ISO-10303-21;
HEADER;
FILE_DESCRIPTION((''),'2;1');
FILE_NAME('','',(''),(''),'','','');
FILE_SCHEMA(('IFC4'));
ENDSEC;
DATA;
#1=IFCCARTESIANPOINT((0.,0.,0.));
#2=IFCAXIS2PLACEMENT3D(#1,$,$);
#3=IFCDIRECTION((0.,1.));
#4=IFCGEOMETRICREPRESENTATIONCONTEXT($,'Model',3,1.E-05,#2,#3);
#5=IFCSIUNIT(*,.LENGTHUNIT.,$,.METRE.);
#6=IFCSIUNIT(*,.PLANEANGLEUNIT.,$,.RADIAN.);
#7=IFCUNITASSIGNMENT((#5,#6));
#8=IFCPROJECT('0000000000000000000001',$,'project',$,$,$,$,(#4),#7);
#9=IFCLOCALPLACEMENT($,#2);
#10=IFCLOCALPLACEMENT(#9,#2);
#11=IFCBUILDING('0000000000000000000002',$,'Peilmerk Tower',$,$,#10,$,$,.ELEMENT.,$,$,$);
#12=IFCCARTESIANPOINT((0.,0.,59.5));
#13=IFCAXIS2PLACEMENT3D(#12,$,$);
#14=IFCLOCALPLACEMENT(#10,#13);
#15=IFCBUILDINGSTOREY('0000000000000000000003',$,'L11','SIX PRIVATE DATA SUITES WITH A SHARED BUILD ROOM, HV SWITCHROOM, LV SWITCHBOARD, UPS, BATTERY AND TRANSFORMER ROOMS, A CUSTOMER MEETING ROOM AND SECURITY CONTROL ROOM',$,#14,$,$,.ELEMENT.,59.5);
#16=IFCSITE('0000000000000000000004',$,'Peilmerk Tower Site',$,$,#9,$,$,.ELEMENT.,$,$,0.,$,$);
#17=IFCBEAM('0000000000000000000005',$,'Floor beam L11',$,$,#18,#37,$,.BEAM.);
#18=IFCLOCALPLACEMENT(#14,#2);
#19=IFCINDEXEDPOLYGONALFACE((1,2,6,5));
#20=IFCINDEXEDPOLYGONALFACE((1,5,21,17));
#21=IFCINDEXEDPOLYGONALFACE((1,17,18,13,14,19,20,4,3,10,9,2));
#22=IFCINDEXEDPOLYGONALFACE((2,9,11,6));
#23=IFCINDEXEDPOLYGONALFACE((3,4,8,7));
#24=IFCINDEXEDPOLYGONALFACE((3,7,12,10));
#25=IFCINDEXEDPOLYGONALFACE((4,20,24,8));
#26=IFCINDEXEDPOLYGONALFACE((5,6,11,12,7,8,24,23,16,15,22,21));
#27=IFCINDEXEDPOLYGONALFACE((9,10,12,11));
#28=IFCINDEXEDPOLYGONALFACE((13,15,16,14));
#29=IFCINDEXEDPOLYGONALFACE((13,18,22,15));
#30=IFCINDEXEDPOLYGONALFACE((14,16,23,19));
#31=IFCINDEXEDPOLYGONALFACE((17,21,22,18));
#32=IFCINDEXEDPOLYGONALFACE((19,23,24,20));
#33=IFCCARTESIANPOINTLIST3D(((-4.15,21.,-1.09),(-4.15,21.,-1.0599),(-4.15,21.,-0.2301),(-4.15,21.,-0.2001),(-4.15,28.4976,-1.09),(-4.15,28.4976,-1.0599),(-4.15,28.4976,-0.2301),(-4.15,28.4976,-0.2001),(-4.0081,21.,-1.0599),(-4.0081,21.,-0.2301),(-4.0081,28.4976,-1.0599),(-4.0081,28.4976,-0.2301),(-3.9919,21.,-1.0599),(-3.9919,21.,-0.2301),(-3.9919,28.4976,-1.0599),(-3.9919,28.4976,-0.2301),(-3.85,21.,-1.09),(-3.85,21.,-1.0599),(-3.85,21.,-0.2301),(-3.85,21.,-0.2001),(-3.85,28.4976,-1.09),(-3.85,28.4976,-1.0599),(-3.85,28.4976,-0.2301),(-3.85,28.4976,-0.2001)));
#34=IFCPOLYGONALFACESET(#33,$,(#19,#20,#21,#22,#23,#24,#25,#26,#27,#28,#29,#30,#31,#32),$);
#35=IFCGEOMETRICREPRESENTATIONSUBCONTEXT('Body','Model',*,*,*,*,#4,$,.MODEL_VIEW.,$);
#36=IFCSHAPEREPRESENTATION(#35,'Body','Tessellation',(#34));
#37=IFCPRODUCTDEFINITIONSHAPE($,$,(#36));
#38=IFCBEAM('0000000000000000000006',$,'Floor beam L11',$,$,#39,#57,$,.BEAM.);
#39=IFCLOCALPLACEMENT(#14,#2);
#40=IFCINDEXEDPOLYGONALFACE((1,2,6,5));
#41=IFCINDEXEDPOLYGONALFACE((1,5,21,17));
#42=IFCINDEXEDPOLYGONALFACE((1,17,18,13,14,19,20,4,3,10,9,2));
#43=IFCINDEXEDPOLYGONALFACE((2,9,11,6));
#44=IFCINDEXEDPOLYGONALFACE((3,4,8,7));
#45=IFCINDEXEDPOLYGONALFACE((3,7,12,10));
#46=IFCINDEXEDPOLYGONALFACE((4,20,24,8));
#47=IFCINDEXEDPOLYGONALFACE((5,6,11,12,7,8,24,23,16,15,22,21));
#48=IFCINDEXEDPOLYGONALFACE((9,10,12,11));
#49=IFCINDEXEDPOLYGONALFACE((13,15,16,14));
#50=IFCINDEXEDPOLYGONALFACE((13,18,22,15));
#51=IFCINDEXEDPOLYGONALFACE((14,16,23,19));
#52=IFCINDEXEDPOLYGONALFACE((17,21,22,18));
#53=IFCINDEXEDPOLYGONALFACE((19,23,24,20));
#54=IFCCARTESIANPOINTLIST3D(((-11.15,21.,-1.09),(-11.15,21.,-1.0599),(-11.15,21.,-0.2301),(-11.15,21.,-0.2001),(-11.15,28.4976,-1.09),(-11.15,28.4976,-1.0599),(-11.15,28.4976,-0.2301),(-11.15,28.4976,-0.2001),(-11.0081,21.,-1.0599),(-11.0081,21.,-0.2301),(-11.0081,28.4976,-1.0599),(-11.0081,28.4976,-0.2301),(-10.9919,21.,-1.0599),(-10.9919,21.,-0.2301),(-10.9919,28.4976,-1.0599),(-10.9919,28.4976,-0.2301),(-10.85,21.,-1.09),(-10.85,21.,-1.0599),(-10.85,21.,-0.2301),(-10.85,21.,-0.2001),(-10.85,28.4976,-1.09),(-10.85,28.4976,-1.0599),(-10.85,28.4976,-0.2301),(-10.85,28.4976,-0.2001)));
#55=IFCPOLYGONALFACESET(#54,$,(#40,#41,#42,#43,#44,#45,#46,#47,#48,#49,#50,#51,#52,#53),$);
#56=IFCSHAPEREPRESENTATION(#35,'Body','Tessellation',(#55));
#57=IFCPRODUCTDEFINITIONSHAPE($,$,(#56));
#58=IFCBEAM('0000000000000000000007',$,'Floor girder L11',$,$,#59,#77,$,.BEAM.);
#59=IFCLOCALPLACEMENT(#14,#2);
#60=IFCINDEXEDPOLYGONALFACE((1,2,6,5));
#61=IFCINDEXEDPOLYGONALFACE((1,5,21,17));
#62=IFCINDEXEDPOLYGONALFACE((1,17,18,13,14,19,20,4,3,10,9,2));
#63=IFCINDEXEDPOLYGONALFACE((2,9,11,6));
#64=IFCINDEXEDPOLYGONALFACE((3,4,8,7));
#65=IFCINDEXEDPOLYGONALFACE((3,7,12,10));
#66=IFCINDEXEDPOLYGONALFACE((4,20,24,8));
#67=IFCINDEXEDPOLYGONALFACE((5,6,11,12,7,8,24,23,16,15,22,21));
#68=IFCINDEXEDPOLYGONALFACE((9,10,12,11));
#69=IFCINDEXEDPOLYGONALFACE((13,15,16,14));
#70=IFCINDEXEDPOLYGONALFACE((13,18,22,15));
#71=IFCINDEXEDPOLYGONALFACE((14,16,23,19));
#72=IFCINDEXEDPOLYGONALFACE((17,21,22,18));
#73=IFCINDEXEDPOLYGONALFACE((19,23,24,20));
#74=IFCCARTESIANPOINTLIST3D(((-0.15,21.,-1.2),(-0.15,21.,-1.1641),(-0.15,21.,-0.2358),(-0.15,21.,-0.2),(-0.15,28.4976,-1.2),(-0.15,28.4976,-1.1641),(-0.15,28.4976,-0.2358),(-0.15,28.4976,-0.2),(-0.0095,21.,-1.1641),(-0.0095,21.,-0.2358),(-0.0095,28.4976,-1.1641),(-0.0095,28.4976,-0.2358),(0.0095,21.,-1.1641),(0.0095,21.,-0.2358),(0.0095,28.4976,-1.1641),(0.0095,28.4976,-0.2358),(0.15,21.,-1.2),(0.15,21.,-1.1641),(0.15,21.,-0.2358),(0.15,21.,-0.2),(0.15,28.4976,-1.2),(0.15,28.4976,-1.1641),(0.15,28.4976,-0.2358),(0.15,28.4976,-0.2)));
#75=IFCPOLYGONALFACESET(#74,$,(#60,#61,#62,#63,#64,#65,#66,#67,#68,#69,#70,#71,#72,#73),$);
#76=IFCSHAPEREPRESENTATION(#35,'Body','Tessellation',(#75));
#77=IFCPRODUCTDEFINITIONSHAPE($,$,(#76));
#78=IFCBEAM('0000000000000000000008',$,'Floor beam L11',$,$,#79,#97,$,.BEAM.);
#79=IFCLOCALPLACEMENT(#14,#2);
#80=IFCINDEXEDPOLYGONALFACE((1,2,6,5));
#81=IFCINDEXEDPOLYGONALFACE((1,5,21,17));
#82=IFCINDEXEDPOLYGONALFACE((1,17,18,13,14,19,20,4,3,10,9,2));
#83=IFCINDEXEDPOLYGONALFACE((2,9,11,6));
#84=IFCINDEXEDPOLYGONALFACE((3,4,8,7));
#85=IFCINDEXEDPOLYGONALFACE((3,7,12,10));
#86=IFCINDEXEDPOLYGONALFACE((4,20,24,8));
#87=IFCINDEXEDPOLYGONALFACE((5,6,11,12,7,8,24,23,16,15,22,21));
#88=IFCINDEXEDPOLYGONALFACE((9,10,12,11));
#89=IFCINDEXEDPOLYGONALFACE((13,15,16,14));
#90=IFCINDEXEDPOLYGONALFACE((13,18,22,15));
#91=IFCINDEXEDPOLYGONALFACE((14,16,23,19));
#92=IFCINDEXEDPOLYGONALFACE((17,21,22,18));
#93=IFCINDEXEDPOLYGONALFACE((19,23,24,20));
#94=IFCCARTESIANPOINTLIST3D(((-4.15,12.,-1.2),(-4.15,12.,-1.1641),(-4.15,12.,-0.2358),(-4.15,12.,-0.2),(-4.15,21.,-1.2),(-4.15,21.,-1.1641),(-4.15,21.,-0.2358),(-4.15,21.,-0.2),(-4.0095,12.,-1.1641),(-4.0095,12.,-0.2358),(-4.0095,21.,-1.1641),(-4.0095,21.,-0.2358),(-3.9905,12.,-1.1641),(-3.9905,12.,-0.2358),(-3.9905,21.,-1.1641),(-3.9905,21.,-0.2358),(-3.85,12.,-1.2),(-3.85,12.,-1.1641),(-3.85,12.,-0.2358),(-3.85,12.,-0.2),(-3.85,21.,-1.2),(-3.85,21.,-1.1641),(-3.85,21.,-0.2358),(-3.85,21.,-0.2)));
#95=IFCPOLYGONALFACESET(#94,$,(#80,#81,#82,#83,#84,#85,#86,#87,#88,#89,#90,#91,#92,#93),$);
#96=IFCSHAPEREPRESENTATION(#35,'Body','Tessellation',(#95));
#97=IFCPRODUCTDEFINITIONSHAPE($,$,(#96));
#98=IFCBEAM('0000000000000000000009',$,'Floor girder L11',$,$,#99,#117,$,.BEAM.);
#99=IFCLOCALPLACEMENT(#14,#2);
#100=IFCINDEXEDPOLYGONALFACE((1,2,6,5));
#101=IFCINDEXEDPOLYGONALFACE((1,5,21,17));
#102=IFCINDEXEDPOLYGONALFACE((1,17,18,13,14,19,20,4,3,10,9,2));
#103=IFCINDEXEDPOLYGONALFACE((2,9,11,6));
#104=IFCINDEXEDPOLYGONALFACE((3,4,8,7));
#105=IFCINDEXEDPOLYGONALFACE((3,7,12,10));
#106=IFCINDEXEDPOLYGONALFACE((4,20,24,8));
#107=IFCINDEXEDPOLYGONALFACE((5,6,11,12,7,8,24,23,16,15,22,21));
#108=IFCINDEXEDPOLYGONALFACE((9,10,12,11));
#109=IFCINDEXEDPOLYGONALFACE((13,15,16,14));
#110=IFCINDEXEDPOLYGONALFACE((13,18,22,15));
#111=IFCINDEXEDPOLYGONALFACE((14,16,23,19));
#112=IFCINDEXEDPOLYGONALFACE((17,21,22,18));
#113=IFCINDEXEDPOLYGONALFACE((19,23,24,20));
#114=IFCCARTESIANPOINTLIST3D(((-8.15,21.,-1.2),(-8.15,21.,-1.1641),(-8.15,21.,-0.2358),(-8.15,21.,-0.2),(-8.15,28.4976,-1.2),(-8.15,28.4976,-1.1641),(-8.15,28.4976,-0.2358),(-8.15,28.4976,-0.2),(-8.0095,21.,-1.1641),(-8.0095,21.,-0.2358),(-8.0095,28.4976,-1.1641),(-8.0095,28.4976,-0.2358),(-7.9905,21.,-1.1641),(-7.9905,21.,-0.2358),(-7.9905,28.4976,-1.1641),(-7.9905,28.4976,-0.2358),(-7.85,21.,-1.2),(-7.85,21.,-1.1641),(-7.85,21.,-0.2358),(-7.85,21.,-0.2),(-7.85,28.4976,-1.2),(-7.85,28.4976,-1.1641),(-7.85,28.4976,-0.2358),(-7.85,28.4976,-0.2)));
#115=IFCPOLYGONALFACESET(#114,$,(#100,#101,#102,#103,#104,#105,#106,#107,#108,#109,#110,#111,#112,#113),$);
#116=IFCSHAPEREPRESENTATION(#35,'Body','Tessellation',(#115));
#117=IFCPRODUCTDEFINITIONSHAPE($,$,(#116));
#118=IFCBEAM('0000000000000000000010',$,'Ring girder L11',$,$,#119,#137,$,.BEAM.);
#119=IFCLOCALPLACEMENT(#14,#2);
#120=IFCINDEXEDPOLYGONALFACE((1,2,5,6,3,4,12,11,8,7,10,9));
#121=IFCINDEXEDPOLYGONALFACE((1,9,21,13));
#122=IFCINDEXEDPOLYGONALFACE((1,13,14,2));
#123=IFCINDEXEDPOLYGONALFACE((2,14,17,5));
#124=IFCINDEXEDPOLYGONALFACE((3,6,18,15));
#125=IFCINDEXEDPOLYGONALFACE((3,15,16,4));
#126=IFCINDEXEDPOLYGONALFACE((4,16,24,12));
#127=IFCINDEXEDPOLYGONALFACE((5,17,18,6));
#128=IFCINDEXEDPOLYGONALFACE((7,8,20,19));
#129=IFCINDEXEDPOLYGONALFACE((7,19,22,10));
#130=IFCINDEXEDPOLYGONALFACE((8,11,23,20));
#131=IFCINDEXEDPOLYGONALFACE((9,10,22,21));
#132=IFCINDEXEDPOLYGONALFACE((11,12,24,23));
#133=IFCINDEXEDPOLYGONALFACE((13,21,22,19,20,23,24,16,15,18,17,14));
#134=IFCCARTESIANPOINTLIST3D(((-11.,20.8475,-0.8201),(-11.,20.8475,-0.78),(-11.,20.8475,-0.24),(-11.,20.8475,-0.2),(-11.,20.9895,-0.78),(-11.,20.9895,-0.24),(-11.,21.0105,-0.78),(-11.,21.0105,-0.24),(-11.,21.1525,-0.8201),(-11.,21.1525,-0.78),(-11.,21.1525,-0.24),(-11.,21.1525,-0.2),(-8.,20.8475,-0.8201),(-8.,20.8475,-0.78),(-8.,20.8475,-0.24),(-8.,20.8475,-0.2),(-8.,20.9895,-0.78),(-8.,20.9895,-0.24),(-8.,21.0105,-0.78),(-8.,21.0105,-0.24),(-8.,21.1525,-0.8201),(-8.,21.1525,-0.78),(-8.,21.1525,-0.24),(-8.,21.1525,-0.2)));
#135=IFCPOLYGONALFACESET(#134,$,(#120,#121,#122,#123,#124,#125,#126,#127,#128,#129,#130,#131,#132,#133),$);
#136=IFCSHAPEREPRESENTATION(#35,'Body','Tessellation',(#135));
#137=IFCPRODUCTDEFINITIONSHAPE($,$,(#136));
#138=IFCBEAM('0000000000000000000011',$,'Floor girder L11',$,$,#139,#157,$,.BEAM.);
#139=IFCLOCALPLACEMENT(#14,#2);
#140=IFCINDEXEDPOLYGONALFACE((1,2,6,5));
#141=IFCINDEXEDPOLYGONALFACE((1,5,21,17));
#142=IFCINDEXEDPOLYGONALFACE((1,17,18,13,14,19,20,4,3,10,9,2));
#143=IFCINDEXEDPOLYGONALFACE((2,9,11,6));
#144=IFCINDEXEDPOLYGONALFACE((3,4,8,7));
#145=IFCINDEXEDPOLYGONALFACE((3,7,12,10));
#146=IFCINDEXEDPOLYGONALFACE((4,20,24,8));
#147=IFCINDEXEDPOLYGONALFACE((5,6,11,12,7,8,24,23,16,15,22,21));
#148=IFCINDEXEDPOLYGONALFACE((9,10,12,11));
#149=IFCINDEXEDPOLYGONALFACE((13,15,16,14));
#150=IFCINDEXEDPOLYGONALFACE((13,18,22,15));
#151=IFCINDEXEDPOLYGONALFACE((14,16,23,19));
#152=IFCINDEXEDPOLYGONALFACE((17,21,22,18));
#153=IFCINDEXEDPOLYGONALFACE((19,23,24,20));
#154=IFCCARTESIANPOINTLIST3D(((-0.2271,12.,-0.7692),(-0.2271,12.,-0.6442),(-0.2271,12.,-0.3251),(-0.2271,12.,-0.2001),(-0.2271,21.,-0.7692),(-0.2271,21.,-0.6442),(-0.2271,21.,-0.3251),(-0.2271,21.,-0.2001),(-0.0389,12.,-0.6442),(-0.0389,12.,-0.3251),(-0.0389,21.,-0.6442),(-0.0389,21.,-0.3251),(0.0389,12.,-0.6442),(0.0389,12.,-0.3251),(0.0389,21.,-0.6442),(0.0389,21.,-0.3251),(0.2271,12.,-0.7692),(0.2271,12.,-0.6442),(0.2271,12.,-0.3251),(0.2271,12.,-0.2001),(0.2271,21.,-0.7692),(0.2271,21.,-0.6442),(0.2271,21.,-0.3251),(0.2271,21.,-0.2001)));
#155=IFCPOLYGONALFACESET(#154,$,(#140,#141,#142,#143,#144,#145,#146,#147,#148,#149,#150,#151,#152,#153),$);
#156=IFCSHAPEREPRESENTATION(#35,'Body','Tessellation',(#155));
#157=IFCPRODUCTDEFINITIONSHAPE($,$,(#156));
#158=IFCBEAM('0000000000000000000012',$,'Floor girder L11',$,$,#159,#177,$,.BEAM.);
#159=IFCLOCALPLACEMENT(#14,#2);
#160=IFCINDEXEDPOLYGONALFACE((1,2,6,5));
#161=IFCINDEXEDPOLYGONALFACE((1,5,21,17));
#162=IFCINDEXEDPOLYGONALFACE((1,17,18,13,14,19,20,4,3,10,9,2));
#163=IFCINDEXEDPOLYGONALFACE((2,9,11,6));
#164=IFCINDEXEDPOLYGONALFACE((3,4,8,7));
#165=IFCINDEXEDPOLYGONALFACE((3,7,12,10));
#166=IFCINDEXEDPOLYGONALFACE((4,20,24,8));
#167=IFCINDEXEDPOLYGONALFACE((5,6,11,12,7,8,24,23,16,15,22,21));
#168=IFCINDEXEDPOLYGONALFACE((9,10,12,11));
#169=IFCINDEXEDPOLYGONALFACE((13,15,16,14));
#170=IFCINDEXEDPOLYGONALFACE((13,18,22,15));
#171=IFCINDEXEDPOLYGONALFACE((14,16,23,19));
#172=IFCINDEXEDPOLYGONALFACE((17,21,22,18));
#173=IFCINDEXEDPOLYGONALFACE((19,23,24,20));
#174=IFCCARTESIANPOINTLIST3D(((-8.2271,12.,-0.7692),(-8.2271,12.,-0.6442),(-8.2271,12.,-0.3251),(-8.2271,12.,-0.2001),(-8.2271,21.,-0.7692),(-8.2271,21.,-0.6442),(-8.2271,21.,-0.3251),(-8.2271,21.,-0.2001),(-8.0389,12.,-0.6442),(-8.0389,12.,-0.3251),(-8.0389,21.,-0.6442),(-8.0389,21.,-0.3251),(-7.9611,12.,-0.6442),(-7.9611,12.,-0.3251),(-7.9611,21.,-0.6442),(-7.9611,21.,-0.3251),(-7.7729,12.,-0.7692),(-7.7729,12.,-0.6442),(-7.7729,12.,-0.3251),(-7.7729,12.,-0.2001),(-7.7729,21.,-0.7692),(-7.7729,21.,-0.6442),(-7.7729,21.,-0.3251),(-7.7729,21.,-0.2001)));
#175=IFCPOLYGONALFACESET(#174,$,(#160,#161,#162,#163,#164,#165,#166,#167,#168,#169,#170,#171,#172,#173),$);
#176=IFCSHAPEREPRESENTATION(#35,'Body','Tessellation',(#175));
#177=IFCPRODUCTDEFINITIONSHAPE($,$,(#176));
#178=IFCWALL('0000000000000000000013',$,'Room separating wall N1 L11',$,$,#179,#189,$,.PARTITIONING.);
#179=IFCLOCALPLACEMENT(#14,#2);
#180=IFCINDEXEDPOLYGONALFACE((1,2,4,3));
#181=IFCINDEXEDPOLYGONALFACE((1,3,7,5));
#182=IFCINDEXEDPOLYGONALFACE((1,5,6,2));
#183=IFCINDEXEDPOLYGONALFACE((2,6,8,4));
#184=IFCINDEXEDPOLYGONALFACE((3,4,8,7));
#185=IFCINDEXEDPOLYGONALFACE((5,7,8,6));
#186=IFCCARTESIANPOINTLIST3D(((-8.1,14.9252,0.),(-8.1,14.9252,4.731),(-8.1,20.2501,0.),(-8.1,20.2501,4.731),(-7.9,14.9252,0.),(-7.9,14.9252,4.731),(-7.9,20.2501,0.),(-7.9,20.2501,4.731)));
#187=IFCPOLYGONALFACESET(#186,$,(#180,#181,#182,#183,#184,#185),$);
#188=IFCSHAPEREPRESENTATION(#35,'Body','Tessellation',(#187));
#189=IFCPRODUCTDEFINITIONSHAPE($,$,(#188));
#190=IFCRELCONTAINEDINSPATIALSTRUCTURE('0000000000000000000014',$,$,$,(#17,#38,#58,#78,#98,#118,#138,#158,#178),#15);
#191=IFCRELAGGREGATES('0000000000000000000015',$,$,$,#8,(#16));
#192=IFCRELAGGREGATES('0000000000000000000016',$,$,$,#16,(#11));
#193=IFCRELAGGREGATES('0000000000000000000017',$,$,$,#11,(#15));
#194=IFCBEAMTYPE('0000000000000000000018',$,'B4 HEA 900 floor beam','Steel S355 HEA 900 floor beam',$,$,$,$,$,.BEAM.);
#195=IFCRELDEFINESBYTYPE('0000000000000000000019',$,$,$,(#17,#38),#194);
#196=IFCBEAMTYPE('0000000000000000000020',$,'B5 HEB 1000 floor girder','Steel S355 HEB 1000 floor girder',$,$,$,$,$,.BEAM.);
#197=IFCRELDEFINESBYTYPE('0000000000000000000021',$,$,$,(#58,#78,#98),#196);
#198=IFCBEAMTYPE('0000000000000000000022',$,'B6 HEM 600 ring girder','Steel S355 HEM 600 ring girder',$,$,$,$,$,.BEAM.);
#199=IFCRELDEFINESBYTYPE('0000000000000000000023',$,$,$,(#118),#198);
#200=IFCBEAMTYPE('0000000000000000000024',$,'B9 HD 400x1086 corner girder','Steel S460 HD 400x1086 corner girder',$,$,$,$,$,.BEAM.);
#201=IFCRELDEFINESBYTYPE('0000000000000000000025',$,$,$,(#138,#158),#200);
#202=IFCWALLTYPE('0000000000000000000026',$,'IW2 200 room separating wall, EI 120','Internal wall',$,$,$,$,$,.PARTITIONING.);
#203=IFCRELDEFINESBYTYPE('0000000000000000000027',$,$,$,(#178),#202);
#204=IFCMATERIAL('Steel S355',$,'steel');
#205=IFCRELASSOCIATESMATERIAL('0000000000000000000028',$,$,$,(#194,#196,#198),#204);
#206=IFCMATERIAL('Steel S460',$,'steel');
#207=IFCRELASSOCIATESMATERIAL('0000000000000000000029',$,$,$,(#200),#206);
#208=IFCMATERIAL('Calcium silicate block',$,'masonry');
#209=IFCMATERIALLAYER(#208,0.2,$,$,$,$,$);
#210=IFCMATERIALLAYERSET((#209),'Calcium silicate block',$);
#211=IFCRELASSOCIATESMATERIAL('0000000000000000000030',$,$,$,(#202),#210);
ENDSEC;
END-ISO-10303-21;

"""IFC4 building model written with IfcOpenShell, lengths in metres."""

from ifc_helpers import new_model, si_unit, direction, frame, frame_2d, origin, origin_2d, place, context, subcontext, project, spatial, rectangle, i_section, extrude, material, layer, layer_set, material_profile, profile_set, type_object, element, save


model = new_model("IFC4")

# Units and contexts
model_context = context("Model", 3, precision=1e-05, world=origin(), true_north=direction((0.0, 1.0)))
body_context = subcontext(model_context, "Body", "Model", "MODEL_VIEW")
ifc_project = project(units=[si_unit("LENGTHUNIT", "METRE"), si_unit("PLANEANGLEUNIT", "RADIAN")], contexts=[model_context])

# Site, building, storey
site_placement = place(None, origin())
site = spatial("IfcSite", under=ifc_project, at=site_placement, Name="Peilmerk Tower Site", CompositionType="ELEMENT", RefElevation=0.0)
building_placement = place(site_placement, origin())
building = spatial("IfcBuilding", under=site, at=building_placement, Name="Peilmerk Tower", CompositionType="ELEMENT")
storey_placement = place(building_placement, frame((0.0, 0.0, 59.5)))
storey = spatial("IfcBuildingStorey", under=building, at=storey_placement, Name="L11", Description="SIX PRIVATE DATA SUITES WITH A SHARED BUILD ROOM, HV SWITCHROOM, LV SWITCHBOARD, UPS, BATTERY AND TRANSFORMER ROOMS, A CUSTOMER MEETING ROOM AND SECURITY CONTROL ROOM", CompositionType="ELEMENT", Elevation=59.5)

# Beams
ifc_material_1 = material(Name="Steel S355", Category="steel")
ifc_material_profile_1 = material_profile(ifc_material_1, i_section(OverallWidth=0.3, OverallDepth=0.8899, WebThickness=0.0161, FlangeThickness=0.03, at=origin_2d()), Name="HEA 900")
ifc_profile_set_1 = profile_set([ifc_material_profile_1], Name="Steel S355")
beam_type_1 = type_object("IfcBeamType", Name="B4 HEA 900 floor beam", Description="Steel S355 HEA 900 floor beam", PredefinedType="BEAM", material=ifc_profile_set_1)
for number, where, z_axis, x_axis, name in (
    (1, (-4.0, 21.0, -0.645), (0.0, 1.0, 0.0), (-1.0, 0.0, 0.0), "Floor beam L11"),
    (2, (-11.0, 21.0, -0.645), (0.0, 1.0, 0.0), (-1.0, 0.0, 0.0), "Floor beam L11"),
):
    element("IfcBeam", number, at=place(storey_placement, frame(where, z_axis=z_axis, x_axis=x_axis)), inside=storey, type_object=beam_type_1, Name=name, PredefinedType="BEAM", context=body_context, shape_type="SweptSolid", body=[
        extrude(i_section(OverallWidth=0.3, OverallDepth=0.8899, WebThickness=0.0161, FlangeThickness=0.03, at=origin_2d()), origin(), (0.0, 0.0, 1.0), 7.4976),
    ])
ifc_material_profile_2 = material_profile(ifc_material_1, i_section(OverallWidth=0.3, OverallDepth=1.0, WebThickness=0.019, FlangeThickness=0.0359, at=origin_2d()), Name="HEB 1000")
ifc_profile_set_2 = profile_set([ifc_material_profile_2], Name="Steel S355")
beam_type_2 = type_object("IfcBeamType", Name="B5 HEB 1000 floor girder", Description="Steel S355 HEB 1000 floor girder", PredefinedType="BEAM", material=ifc_profile_set_2)
beam_1_placement = place(storey_placement, frame((0.0, 21.0, -0.7), z_axis=(0.0, 1.0, 0.0), x_axis=(-1.0, 0.0, 0.0)))
element("IfcBeam", 3, at=beam_1_placement, inside=storey, type_object=beam_type_2, Name="Floor girder L11", PredefinedType="BEAM", context=body_context, shape_type="SweptSolid", body=[
    extrude(i_section(OverallWidth=0.3, OverallDepth=1.0, WebThickness=0.019, FlangeThickness=0.0359, at=origin_2d()), origin(), (0.0, 0.0, 1.0), 7.4976),
])
beam_2_placement = place(storey_placement, frame((-4.0, 12.0, -0.7), z_axis=(0.0, 1.0, 0.0), x_axis=(-1.0, 0.0, 0.0)))
element("IfcBeam", 4, at=beam_2_placement, inside=storey, type_object=beam_type_2, Name="Floor beam L11", PredefinedType="BEAM", context=body_context, shape_type="SweptSolid", body=[
    extrude(i_section(OverallWidth=0.3, OverallDepth=1.0, WebThickness=0.019, FlangeThickness=0.0359, at=origin_2d()), origin(), (0.0, 0.0, 1.0), 9.0),
])
beam_3_placement = place(storey_placement, frame((-8.0, 21.0, -0.7), z_axis=(0.0, 1.0, 0.0), x_axis=(-1.0, 0.0, 0.0)))
element("IfcBeam", 5, at=beam_3_placement, inside=storey, type_object=beam_type_2, Name="Floor girder L11", PredefinedType="BEAM", context=body_context, shape_type="SweptSolid", body=[
    extrude(i_section(OverallWidth=0.3, OverallDepth=1.0, WebThickness=0.019, FlangeThickness=0.0359, at=origin_2d()), origin(), (0.0, 0.0, 1.0), 7.4976),
])
ifc_material_profile_3 = material_profile(ifc_material_1, i_section(OverallWidth=0.3049, OverallDepth=0.6201, WebThickness=0.021, FlangeThickness=0.04, at=origin_2d()), Name="HEM 600")
ifc_profile_set_3 = profile_set([ifc_material_profile_3], Name="Steel S355")
beam_type_3 = type_object("IfcBeamType", Name="B6 HEM 600 ring girder", Description="Steel S355 HEM 600 ring girder", PredefinedType="BEAM", material=ifc_profile_set_3)
beam_4_placement = place(storey_placement, frame((-8.0, 21.0, -0.51), z_axis=(-1.0, 0.0, 0.0), x_axis=(0.0, -1.0, 0.0)))
element("IfcBeam", 6, at=beam_4_placement, inside=storey, type_object=beam_type_3, Name="Ring girder L11", PredefinedType="BEAM", context=body_context, shape_type="SweptSolid", body=[
    extrude(i_section(OverallWidth=0.3049, OverallDepth=0.6201, WebThickness=0.021, FlangeThickness=0.04, at=origin_2d()), origin(), (0.0, 0.0, 1.0), 3.0),
])
ifc_material_2 = material(Name="Steel S460", Category="steel")
ifc_material_profile_4 = material_profile(ifc_material_2, i_section(OverallWidth=0.4541, OverallDepth=0.5691, WebThickness=0.0779, FlangeThickness=0.125, at=origin_2d()), Name="HD 400x1086")
ifc_profile_set_4 = profile_set([ifc_material_profile_4], Name="Steel S460")
beam_type_4 = type_object("IfcBeamType", Name="B9 HD 400x1086 corner girder", Description="Steel S460 HD 400x1086 corner girder", PredefinedType="BEAM", material=ifc_profile_set_4)
for number, where, z_axis, x_axis, name in (
    (7, (0.0, 12.0, -0.4846), (0.0, 1.0, 0.0), (-1.0, 0.0, 0.0), "Floor girder L11"),
    (8, (-8.0, 12.0, -0.4846), (0.0, 1.0, 0.0), (-1.0, 0.0, 0.0), "Floor girder L11"),
):
    element("IfcBeam", number, at=place(storey_placement, frame(where, z_axis=z_axis, x_axis=x_axis)), inside=storey, type_object=beam_type_4, Name=name, PredefinedType="BEAM", context=body_context, shape_type="SweptSolid", body=[
        extrude(i_section(OverallWidth=0.4541, OverallDepth=0.5691, WebThickness=0.0779, FlangeThickness=0.125, at=origin_2d()), origin(), (0.0, 0.0, 1.0), 9.0),
    ])

# Wall
ifc_material_3 = material(Name="Calcium silicate block", Category="masonry")
ifc_layer = layer(ifc_material_3, 0.2)
ifc_layer_set = layer_set([ifc_layer], Name="Calcium silicate block")
wall_type = type_object("IfcWallType", Name="IW2 200 room separating wall, EI 120", Description="Internal wall", PredefinedType="PARTITIONING", material=ifc_layer_set)
wall_1_placement = place(storey_placement, frame((-8.0, 14.925, 0.0), z_axis=(0.0, 0.0, 1.0), x_axis=(0.0, 1.0, 0.0)))
element("IfcWall", 9, at=wall_1_placement, inside=storey, type_object=wall_type, Name="Room separating wall N1 L11", PredefinedType="PARTITIONING", context=body_context, shape_type="SweptSolid", body=[
    extrude(rectangle(XDim=5.325, YDim=0.2, at=frame_2d((2.6626, 0.0))), origin(), (0.0, 0.0, 1.0), 4.731),
])

save(model, "model.ifc")
